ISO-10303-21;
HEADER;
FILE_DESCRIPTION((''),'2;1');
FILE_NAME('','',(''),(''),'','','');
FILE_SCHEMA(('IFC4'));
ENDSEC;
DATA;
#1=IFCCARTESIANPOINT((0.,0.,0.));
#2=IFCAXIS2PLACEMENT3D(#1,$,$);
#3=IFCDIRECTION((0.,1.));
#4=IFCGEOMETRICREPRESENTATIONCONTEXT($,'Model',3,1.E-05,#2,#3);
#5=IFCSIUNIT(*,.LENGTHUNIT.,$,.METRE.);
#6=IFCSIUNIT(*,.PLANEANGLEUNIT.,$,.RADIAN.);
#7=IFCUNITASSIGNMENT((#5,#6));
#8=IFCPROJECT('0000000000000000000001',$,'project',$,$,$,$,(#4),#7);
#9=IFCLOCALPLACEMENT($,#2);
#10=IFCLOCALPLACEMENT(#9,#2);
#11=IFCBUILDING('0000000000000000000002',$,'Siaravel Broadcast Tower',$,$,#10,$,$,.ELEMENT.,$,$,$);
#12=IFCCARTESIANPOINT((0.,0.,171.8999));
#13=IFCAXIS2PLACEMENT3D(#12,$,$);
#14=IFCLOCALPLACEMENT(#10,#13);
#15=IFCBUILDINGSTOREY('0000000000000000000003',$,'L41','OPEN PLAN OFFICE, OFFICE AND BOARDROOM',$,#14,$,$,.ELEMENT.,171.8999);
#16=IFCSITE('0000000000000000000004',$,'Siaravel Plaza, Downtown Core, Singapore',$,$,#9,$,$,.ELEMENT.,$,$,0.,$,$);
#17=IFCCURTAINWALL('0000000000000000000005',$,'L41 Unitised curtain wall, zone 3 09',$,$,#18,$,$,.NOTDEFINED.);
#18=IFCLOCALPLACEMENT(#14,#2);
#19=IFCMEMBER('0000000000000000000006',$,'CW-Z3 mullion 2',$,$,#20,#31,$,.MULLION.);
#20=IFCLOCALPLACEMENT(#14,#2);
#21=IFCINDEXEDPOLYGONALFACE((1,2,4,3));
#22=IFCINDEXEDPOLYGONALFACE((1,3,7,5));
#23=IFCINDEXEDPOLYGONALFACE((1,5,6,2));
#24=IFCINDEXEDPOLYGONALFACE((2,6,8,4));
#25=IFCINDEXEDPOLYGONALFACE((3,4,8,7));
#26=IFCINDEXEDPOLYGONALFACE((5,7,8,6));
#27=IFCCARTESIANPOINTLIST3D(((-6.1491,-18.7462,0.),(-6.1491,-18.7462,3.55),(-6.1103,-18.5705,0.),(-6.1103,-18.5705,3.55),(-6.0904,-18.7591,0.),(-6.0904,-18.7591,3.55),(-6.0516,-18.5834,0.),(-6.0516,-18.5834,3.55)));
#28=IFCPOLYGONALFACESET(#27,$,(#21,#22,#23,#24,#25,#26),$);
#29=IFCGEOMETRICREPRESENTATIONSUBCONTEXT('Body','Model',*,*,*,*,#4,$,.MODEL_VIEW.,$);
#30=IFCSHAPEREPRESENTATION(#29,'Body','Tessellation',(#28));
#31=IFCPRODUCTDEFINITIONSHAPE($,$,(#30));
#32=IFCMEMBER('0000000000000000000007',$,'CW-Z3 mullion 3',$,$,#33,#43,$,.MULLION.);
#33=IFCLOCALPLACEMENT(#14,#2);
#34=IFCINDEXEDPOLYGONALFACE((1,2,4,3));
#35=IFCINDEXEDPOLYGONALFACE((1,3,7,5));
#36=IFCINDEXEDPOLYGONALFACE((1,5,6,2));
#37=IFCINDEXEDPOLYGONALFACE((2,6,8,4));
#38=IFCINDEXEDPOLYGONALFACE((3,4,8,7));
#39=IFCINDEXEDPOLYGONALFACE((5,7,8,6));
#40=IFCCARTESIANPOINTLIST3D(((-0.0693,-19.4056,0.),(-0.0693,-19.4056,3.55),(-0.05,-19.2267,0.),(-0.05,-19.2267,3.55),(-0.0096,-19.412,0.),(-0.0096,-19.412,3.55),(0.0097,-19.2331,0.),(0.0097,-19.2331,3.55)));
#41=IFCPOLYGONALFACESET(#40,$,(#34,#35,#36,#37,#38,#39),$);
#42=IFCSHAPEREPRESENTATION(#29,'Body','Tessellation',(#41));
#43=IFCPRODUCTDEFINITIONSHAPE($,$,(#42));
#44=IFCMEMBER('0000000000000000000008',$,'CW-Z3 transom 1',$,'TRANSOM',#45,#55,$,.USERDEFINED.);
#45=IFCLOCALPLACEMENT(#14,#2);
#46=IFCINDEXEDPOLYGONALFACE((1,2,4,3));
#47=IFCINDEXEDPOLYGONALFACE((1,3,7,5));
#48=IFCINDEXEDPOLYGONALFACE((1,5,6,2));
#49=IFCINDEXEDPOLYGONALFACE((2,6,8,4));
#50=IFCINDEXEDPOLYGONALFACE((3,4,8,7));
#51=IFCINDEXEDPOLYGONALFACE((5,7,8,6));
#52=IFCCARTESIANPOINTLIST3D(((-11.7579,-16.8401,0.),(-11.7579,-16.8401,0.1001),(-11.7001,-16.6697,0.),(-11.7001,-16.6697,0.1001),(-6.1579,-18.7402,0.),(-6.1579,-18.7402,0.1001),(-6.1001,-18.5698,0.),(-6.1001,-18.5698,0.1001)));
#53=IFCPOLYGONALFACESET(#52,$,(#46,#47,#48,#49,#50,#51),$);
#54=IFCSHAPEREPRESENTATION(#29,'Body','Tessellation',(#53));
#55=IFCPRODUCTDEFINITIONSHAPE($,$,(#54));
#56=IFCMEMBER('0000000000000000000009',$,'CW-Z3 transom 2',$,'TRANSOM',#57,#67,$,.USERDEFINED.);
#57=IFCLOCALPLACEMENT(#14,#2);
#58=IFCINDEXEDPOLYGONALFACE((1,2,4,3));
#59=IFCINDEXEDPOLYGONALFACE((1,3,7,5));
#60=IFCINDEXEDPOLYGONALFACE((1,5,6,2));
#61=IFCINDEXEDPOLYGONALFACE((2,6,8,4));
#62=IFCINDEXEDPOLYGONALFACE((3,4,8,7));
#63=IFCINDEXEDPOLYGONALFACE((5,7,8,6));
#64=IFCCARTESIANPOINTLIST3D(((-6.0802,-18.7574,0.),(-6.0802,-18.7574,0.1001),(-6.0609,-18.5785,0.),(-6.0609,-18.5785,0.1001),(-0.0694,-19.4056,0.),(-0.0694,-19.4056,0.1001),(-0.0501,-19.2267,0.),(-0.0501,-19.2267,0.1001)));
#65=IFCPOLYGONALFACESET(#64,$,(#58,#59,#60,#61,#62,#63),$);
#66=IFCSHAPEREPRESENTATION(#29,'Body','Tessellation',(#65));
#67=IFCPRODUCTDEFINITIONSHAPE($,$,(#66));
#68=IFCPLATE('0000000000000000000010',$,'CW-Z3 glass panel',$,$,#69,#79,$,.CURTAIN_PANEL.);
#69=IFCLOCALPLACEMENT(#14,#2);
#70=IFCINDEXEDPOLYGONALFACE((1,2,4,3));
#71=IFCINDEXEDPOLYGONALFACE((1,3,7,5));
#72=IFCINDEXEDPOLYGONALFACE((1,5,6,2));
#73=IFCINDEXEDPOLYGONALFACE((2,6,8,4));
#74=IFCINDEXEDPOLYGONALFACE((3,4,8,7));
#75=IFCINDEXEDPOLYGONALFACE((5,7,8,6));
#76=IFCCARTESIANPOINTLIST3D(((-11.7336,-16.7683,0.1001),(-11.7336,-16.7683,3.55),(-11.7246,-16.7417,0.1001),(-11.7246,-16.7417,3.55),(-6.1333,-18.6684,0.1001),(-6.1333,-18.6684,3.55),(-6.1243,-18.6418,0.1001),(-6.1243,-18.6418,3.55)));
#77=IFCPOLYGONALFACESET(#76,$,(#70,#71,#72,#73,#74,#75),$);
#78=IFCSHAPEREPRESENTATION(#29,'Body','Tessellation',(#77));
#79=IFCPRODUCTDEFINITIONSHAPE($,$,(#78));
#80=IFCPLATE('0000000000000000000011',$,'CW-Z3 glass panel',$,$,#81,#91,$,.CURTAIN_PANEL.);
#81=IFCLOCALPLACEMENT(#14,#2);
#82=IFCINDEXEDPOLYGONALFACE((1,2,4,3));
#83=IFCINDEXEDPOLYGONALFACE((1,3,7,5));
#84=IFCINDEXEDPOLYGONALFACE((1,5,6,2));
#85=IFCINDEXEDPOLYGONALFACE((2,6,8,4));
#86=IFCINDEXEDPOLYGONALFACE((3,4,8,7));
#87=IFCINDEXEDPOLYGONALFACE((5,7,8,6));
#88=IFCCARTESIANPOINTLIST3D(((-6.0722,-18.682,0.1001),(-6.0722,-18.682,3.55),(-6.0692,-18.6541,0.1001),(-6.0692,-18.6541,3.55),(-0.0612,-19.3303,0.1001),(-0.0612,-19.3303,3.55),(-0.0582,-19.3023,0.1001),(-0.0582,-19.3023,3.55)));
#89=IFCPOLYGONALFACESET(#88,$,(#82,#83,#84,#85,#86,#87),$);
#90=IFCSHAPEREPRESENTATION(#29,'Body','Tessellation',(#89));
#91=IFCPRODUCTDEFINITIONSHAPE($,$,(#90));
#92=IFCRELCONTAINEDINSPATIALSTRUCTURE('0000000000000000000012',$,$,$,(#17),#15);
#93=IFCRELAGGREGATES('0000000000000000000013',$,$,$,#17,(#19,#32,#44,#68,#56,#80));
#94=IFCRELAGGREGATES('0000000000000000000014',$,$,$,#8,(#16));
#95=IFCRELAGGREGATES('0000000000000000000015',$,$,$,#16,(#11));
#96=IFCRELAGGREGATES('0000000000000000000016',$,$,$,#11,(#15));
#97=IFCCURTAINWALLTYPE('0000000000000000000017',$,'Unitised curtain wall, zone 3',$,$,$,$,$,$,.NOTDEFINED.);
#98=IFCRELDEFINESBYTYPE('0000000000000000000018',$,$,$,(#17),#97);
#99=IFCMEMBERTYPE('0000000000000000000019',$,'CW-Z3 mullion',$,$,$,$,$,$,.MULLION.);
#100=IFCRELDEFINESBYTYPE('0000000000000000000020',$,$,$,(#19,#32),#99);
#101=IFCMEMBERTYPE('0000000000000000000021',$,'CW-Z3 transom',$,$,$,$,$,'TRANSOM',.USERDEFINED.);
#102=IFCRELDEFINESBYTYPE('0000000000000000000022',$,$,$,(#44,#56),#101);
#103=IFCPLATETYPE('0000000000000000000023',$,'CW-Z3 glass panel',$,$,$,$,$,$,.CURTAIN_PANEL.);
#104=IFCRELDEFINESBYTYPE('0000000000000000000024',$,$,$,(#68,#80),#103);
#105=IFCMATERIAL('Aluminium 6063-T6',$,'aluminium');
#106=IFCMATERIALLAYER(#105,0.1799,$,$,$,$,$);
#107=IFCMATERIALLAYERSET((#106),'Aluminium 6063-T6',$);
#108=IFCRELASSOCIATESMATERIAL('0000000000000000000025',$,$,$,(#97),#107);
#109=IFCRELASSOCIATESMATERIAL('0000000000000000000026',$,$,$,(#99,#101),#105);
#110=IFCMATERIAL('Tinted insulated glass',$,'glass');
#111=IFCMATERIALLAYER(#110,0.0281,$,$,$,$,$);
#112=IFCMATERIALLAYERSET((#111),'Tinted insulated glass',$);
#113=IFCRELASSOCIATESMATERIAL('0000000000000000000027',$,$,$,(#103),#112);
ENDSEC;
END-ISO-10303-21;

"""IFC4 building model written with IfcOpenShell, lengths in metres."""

from ifc_helpers import new_model, si_unit, direction, frame, origin, origin_2d, place, context, subcontext, project, spatial, rectangle, extrude, material, layer, layer_set, material_profile, profile_set, type_object, element, aggregate, save


model = new_model("IFC4")

# Units and contexts
model_context = context("Model", 3, precision=1e-05, world=origin(), true_north=direction((0.0, 1.0)))
body_context = subcontext(model_context, "Body", "Model", "MODEL_VIEW")
ifc_project = project(units=[si_unit("LENGTHUNIT", "METRE"), si_unit("PLANEANGLEUNIT", "RADIAN")], contexts=[model_context])

# Site, building, storey
site_placement = place(None, origin())
site = spatial("IfcSite", under=ifc_project, at=site_placement, Name="Siaravel Plaza, Downtown Core, Singapore", CompositionType="ELEMENT", RefElevation=0.0)
building_placement = place(site_placement, origin())
building = spatial("IfcBuilding", under=site, at=building_placement, Name="Siaravel Broadcast Tower", CompositionType="ELEMENT")
storey_placement = place(building_placement, frame((0.0, 0.0, 171.8999)))
storey = spatial("IfcBuildingStorey", under=building, at=storey_placement, Name="L41", Description="OPEN PLAN OFFICE, OFFICE AND BOARDROOM", CompositionType="ELEMENT", Elevation=171.8999)

# Curtain wall, members, plates
ifc_material_1 = material(Name="Aluminium 6063-T6", Category="aluminium")
ifc_layer_1 = layer(ifc_material_1, 0.1799)
ifc_layer_set_1 = layer_set([ifc_layer_1], Name="Aluminium 6063-T6")
curtain_wall_type = type_object("IfcCurtainWallType", Name="Unitised curtain wall, zone 3", PredefinedType="NOTDEFINED", material=ifc_layer_set_1)
curtain_wall_placement = place(storey_placement, origin())
curtain_wall = element("IfcCurtainWall", 1, at=curtain_wall_placement, inside=storey, type_object=curtain_wall_type, Name="L41 Unitised curtain wall, zone 3 09", PredefinedType="NOTDEFINED")
ifc_material_profile_1 = material_profile(ifc_material_1, rectangle(XDim=0.1799, YDim=0.0601, at=origin_2d()))
ifc_profile_set_1 = profile_set([ifc_material_profile_1], Name="Aluminium 6063-T6")
member_type_1 = type_object("IfcMemberType", Name="CW-Z3 mullion", PredefinedType="MULLION", material=ifc_profile_set_1)
member_1_placement = place(storey_placement, frame((-6.1003, -18.6648, 0.0), z_axis=(0.0, 0.0, 1.0), x_axis=(0.215558, 0.976491, 0.0)))
member_1 = element("IfcMember", 2, at=member_1_placement, type_object=member_type_1, Name="CW-Z3 mullion 2", PredefinedType="MULLION", context=body_context, shape_type="SweptSolid", body=[
    extrude(rectangle(XDim=0.1799, YDim=0.0601, at=origin_2d()), origin(), (0.0, 0.0, 1.0), 3.55),
])
member_2_placement = place(storey_placement, frame((-0.0298, -19.3193, 0.0), z_axis=(0.0, 0.0, 1.0), x_axis=(0.107217, 0.994236, 0.0)))
member_2 = element("IfcMember", 3, at=member_2_placement, type_object=member_type_1, Name="CW-Z3 mullion 3", PredefinedType="MULLION", context=body_context, shape_type="SweptSolid", body=[
    extrude(rectangle(XDim=0.1799, YDim=0.0601, at=origin_2d()), origin(), (0.0, 0.0, 1.0), 3.55),
])
ifc_material_profile_2 = material_profile(ifc_material_1, rectangle(XDim=0.1799, YDim=0.1001, at=origin_2d()))
ifc_profile_set_2 = profile_set([ifc_material_profile_2], Name="Aluminium 6063-T6")
member_type_2 = type_object("IfcMemberType", Name="CW-Z3 transom", ElementType="TRANSOM", PredefinedType="USERDEFINED", material=ifc_profile_set_2)
member_3_placement = place(storey_placement, frame((-11.729, -16.7549, 0.05), z_axis=(0.946973, -0.321314, 0.0), x_axis=(0.321314, 0.946973, 0.0)))
member_3 = element("IfcMember", 4, at=member_3_placement, type_object=member_type_2, Name="CW-Z3 transom 1", ObjectType="TRANSOM", PredefinedType="USERDEFINED", context=body_context, shape_type="SweptSolid", body=[
    extrude(rectangle(XDim=0.1799, YDim=0.1001, at=origin_2d()), origin(), (0.0, 0.0, 1.0), 5.9136),
])
member_4_placement = place(storey_placement, frame((-6.0706, -18.668, 0.05), z_axis=(0.994236, -0.107218, 0.0), x_axis=(0.107218, 0.994236, 0.0)))
member_4 = element("IfcMember", 5, at=member_4_placement, type_object=member_type_2, Name="CW-Z3 transom 2", ObjectType="TRANSOM", PredefinedType="USERDEFINED", context=body_context, shape_type="SweptSolid", body=[
    extrude(rectangle(XDim=0.1799, YDim=0.1001, at=origin_2d()), origin(), (0.0, 0.0, 1.0), 6.0457),
])
ifc_material_2 = material(Name="Tinted insulated glass", Category="glass")
ifc_layer_2 = layer(ifc_material_2, 0.0281)
ifc_layer_set_2 = layer_set([ifc_layer_2], Name="Tinted insulated glass")
plate_type = type_object("IfcPlateType", Name="CW-Z3 glass panel", PredefinedType="CURTAIN_PANEL", material=ifc_layer_set_2)
plate_1_placement = place(storey_placement, frame((-8.929, -17.7051, 0.1001), z_axis=(0.0, 0.0, 1.0), x_axis=(0.946977, -0.3213, 0.0)))
plate_1 = element("IfcPlate", 6, at=plate_1_placement, type_object=plate_type, Name="CW-Z3 glass panel", PredefinedType="CURTAIN_PANEL", context=body_context, shape_type="SweptSolid", body=[
    extrude(rectangle(XDim=5.9138, YDim=0.0281, at=origin_2d()), origin(), (0.0, 0.0, 1.0), 3.45),
])
plate_2_placement = place(storey_placement, frame((-3.0652, -18.9922, 0.1001), z_axis=(0.0, 0.0, 1.0), x_axis=(0.994236, -0.107217, 0.0)))
plate_2 = element("IfcPlate", 7, at=plate_2_placement, type_object=plate_type, Name="CW-Z3 glass panel", PredefinedType="CURTAIN_PANEL", context=body_context, shape_type="SweptSolid", body=[
    extrude(rectangle(XDim=6.0459, YDim=0.0281, at=origin_2d()), origin(), (0.0, 0.0, 1.0), 3.45),
])
aggregate(curtain_wall, [member_1, member_2, member_3, plate_1, member_4, plate_2])

save(model, "model.ifc")
